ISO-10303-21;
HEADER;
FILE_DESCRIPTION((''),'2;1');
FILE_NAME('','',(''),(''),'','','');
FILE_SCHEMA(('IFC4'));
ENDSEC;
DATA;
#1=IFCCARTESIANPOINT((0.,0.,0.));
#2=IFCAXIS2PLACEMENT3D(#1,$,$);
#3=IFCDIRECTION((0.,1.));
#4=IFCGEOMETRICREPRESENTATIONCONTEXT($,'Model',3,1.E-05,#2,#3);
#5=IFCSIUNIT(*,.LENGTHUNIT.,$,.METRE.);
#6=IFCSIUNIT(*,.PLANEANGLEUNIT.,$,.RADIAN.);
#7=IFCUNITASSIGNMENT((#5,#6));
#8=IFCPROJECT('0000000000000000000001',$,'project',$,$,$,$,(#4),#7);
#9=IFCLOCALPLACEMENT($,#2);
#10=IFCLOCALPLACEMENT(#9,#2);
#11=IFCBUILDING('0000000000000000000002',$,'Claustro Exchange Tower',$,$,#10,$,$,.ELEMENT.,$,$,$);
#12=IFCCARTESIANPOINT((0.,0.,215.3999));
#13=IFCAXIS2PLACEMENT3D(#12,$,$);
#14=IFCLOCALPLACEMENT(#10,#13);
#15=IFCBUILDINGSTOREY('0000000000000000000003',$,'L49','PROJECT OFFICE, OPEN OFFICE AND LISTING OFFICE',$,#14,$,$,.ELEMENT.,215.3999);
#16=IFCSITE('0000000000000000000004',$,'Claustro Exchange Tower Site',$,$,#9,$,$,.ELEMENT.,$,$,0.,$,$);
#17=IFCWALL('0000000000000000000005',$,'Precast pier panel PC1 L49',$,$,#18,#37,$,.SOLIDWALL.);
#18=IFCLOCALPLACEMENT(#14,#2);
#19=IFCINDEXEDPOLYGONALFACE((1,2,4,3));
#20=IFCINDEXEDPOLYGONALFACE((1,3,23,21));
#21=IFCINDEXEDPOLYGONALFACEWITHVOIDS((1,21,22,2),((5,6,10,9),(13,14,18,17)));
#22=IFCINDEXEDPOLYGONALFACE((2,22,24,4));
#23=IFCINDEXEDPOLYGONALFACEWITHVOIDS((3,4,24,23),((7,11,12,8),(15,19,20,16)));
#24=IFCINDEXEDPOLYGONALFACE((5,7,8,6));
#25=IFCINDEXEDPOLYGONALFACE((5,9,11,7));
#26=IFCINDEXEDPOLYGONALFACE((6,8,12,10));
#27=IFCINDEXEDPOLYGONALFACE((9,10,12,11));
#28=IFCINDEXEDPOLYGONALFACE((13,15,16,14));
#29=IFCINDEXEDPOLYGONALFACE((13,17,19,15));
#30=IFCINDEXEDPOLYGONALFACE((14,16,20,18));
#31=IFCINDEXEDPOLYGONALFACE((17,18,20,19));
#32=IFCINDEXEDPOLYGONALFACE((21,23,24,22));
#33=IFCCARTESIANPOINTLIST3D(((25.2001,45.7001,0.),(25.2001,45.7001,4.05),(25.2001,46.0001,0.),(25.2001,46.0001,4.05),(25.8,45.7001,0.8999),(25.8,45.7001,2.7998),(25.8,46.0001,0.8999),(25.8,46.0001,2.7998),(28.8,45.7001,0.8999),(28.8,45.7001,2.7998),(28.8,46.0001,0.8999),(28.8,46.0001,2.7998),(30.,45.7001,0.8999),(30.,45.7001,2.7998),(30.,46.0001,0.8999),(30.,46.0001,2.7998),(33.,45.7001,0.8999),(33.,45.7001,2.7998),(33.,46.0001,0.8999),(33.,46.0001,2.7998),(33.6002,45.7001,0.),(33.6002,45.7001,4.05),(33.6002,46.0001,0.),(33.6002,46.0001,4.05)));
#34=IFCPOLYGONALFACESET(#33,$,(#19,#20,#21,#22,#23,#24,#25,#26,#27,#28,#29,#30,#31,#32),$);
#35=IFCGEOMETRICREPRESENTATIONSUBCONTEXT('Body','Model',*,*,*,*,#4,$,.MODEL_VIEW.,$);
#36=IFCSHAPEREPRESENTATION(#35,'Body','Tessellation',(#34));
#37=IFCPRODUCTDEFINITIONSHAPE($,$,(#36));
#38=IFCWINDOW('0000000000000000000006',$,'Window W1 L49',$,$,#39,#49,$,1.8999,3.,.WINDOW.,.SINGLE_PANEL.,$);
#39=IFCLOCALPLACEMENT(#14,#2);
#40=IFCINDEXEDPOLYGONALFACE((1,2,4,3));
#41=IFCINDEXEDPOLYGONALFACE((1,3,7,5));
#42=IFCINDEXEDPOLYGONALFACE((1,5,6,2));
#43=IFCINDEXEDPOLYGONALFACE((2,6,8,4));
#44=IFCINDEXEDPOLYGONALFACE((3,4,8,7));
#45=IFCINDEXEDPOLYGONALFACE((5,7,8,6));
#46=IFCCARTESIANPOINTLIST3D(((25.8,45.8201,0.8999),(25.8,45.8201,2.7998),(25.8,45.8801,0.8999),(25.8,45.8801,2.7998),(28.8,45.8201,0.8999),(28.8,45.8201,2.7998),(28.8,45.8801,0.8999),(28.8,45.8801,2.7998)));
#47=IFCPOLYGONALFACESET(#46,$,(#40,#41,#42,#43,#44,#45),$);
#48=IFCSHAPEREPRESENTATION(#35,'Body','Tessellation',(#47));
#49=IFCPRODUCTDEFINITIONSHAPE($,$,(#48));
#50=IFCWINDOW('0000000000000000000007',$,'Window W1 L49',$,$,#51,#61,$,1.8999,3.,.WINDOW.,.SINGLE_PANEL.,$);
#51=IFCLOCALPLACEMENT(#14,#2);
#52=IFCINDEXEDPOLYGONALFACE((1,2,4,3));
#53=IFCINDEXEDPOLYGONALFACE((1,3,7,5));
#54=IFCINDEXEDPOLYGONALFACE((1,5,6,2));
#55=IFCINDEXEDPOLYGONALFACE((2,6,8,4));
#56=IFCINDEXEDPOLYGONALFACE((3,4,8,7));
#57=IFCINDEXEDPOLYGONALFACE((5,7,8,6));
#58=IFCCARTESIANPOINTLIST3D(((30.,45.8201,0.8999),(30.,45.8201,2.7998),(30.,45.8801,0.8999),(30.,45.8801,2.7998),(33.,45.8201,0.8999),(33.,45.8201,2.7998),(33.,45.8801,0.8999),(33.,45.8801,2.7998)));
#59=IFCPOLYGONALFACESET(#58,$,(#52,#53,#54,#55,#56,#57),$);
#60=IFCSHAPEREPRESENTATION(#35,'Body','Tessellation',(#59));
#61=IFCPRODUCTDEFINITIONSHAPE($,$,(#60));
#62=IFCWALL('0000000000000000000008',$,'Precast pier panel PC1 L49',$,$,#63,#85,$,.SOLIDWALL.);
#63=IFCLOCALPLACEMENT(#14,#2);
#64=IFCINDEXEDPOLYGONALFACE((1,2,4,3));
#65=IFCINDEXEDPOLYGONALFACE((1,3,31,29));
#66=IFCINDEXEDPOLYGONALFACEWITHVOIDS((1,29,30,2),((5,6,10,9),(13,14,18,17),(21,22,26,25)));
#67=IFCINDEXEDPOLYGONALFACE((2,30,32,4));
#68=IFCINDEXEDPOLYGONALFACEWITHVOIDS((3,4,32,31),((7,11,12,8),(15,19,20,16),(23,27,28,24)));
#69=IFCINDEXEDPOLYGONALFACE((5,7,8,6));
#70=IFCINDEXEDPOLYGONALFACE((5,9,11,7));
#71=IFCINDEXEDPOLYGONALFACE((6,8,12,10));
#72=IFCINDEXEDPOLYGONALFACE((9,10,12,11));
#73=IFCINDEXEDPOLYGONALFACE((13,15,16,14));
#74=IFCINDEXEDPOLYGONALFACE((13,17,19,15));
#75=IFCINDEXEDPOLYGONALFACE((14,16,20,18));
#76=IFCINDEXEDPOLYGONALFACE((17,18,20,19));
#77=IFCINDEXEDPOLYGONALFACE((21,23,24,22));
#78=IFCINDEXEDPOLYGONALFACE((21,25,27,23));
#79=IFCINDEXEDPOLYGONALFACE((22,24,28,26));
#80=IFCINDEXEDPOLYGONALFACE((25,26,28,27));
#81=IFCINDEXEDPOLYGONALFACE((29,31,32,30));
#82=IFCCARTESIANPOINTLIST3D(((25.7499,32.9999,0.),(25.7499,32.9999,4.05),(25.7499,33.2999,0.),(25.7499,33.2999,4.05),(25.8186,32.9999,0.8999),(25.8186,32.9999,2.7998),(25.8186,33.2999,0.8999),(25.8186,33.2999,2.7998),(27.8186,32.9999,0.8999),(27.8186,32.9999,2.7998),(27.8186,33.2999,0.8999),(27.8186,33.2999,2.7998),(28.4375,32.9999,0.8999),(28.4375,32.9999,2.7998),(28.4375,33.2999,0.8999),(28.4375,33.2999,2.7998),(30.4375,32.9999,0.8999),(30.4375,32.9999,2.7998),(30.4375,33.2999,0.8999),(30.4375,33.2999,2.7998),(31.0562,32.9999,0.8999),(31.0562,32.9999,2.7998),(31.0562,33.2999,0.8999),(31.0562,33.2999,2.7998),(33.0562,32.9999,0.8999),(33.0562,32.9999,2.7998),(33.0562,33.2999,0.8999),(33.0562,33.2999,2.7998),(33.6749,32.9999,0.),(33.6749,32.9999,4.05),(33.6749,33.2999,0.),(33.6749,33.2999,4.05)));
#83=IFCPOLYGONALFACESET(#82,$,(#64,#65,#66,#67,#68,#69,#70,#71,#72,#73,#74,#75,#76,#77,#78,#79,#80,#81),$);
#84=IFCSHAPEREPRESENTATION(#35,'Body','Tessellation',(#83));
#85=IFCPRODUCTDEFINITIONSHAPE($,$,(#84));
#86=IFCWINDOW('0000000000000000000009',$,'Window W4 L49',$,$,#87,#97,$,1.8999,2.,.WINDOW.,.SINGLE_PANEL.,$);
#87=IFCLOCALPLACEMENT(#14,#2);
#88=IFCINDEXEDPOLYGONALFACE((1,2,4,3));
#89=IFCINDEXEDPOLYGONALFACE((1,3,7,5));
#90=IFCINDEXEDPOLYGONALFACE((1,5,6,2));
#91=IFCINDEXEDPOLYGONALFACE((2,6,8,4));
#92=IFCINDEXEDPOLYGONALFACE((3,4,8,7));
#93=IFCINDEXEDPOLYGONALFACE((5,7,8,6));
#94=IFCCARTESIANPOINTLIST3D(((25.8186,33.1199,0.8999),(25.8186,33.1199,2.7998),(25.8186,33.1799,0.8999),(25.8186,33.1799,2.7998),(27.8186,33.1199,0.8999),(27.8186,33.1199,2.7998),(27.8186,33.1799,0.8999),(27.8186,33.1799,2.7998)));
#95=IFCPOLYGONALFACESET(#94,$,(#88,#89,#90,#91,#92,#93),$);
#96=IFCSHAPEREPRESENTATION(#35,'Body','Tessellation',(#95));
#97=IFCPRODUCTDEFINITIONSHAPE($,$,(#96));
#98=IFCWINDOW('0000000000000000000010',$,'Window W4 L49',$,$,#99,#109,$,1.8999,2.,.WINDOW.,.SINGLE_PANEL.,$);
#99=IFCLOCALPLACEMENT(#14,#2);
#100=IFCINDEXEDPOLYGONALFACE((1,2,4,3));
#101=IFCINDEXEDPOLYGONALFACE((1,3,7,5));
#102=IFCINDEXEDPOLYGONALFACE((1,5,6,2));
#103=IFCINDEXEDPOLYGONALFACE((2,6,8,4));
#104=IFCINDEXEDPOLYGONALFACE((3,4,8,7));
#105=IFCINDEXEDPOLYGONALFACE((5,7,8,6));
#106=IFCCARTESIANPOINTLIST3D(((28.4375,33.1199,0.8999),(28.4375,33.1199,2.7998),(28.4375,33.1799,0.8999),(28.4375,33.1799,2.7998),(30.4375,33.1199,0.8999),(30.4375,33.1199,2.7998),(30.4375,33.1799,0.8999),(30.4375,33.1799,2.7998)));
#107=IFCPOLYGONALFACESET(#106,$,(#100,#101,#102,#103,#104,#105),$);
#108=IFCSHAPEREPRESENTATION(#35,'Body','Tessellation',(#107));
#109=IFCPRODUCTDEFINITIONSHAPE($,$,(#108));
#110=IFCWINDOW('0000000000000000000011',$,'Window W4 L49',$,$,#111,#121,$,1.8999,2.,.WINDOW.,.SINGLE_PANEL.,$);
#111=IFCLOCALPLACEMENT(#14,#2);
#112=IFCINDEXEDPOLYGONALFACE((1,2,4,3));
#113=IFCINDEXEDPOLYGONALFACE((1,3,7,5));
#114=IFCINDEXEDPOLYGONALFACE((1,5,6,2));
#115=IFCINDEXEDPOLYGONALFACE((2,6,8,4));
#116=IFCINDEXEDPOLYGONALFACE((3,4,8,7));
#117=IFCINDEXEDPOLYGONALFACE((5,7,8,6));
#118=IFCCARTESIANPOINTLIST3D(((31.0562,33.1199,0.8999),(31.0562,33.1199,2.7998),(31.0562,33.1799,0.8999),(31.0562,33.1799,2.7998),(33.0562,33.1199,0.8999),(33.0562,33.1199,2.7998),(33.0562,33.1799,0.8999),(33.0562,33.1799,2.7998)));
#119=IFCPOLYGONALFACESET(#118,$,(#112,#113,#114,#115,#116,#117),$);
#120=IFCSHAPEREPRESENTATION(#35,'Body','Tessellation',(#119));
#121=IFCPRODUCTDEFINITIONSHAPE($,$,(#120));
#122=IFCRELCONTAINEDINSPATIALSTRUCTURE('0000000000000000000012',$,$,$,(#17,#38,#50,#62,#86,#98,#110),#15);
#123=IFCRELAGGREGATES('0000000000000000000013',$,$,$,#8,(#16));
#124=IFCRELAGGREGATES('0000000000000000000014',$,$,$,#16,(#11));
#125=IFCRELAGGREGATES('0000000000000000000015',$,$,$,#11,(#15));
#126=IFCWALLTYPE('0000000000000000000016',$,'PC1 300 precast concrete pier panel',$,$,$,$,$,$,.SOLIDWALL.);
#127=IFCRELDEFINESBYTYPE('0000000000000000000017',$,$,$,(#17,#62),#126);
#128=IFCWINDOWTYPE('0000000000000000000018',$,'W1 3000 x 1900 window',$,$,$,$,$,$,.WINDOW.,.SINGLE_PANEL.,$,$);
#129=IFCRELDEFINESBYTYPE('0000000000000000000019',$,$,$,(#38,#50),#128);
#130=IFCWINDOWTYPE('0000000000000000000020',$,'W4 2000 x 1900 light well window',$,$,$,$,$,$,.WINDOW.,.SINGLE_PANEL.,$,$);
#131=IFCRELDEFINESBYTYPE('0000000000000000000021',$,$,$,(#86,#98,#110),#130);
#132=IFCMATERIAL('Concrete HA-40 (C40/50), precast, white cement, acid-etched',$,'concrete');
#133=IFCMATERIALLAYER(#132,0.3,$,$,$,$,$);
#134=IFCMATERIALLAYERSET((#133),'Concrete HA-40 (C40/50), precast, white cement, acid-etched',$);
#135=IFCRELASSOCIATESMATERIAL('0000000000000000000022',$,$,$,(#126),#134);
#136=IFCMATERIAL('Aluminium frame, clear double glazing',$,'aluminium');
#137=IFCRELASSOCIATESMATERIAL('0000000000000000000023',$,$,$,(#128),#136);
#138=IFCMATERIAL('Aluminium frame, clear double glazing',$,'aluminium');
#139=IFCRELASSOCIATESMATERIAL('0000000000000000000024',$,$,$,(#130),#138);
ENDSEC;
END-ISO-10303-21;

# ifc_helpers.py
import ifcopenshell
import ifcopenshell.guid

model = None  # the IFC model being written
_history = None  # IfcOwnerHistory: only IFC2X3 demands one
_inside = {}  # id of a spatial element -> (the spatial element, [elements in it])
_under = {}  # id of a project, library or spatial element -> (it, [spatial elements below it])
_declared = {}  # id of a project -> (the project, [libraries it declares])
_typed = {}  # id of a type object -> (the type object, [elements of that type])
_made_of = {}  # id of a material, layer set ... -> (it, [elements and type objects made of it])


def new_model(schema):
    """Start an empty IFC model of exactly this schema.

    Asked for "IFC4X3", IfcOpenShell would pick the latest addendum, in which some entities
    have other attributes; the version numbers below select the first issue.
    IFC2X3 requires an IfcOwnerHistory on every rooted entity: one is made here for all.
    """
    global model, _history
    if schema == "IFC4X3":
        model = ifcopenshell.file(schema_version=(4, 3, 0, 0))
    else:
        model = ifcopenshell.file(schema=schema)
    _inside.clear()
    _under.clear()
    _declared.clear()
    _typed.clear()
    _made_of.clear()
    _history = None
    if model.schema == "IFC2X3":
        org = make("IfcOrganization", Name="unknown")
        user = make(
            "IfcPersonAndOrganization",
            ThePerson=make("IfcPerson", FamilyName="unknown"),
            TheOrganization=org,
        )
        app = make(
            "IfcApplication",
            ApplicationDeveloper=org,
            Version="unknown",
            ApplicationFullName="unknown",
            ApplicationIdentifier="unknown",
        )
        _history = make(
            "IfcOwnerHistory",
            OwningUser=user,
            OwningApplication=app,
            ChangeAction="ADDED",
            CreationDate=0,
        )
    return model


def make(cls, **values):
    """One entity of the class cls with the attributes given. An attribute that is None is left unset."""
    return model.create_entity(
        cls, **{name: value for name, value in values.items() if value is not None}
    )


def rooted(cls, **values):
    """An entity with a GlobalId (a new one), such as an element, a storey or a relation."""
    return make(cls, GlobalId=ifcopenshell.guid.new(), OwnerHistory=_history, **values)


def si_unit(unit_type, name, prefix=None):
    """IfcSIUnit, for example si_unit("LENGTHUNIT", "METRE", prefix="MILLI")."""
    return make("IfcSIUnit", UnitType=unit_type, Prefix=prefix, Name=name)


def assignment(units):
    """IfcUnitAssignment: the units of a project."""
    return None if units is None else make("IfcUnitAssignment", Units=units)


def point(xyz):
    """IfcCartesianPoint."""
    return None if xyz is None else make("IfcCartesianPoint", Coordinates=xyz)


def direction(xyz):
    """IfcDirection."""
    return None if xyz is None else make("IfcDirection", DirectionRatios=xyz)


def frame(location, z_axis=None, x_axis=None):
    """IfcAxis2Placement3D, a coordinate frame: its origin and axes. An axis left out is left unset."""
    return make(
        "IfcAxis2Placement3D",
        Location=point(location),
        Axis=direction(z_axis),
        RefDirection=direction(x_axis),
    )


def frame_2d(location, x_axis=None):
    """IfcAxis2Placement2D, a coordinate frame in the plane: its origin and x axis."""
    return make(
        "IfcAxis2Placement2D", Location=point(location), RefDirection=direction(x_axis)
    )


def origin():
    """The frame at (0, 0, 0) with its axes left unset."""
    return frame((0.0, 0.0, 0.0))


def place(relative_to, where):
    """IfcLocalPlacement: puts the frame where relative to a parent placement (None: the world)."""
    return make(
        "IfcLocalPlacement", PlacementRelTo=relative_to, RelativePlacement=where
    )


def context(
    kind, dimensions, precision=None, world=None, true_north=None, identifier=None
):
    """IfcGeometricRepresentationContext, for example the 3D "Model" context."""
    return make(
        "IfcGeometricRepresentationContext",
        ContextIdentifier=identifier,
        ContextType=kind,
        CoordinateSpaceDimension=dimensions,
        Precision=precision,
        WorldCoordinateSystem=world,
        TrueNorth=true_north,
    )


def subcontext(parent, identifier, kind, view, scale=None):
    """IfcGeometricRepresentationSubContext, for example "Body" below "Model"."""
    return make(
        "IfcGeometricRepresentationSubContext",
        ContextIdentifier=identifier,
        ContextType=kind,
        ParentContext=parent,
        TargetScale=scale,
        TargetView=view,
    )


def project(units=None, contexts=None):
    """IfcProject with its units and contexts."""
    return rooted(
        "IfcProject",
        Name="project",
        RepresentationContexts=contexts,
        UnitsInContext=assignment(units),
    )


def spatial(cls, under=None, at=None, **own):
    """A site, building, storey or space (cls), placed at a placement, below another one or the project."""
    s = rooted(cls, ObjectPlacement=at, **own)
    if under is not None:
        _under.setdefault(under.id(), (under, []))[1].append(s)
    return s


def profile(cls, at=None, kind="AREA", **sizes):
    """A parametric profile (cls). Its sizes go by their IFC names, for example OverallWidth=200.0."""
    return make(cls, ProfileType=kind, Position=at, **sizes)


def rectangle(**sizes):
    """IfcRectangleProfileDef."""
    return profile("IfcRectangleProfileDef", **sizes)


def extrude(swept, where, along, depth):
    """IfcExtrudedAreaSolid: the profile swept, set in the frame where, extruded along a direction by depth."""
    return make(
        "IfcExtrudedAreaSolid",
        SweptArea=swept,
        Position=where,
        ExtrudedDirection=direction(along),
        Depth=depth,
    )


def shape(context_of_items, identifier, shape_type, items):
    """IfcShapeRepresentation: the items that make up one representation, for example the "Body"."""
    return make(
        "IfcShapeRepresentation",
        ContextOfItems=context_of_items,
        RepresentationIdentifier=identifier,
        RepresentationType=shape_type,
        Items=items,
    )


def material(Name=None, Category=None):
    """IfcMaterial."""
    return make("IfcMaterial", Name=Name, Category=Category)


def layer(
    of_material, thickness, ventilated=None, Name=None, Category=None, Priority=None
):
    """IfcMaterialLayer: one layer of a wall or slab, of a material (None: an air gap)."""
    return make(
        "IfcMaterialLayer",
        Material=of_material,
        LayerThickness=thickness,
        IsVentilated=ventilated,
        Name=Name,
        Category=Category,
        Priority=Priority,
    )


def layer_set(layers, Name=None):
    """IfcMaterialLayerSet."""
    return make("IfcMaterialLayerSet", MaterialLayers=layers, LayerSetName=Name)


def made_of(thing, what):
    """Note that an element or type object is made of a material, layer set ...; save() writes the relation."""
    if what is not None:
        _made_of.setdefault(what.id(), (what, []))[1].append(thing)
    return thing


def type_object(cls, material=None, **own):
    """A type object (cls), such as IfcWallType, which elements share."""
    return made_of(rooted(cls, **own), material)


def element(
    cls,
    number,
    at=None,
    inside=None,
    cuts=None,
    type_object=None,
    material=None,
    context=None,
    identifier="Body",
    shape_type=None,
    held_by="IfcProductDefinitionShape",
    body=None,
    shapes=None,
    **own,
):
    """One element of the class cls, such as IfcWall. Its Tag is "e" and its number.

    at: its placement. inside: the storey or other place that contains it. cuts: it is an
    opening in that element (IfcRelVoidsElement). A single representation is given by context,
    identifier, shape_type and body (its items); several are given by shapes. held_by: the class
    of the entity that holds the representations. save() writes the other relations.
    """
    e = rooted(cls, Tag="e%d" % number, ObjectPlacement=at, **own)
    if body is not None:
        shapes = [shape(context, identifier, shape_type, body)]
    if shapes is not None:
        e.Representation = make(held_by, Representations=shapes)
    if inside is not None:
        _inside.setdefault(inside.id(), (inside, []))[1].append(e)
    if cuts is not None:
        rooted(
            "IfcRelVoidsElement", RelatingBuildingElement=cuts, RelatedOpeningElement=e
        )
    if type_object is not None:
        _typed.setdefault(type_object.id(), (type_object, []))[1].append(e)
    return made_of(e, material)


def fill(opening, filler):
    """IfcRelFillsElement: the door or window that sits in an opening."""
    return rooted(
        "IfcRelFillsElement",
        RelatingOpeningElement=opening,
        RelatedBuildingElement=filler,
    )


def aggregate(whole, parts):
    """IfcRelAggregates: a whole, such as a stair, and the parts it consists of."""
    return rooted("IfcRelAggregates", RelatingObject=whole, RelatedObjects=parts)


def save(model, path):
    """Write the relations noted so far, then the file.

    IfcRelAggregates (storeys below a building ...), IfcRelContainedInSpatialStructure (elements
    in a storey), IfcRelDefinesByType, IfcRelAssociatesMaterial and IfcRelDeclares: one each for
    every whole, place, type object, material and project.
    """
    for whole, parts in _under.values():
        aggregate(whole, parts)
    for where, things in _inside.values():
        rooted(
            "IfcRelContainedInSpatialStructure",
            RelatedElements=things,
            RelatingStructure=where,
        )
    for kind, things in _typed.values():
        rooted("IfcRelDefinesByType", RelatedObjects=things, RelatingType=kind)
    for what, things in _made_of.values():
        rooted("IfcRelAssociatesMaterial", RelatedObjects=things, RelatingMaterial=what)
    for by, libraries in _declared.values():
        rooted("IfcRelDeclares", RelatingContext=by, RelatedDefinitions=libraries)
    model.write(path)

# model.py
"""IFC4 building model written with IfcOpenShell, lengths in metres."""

from ifc_helpers import new_model, si_unit, direction, frame, frame_2d, origin, place, context, subcontext, project, spatial, rectangle, extrude, material, layer, layer_set, type_object, element, fill, save


model = new_model("IFC4")

# Units and contexts
model_context = context("Model", 3, precision=1e-05, world=origin(), true_north=direction((0.0, 1.0)))
body_context = subcontext(model_context, "Body", "Model", "MODEL_VIEW")
ifc_project = project(units=[si_unit("LENGTHUNIT", "METRE"), si_unit("PLANEANGLEUNIT", "RADIAN")], contexts=[model_context])

# Site, building, storey
site_placement = place(None, origin())
site = spatial("IfcSite", under=ifc_project, at=site_placement, Name="Claustro Exchange Tower Site", CompositionType="ELEMENT", RefElevation=0.0)
building_placement = place(site_placement, origin())
building = spatial("IfcBuilding", under=site, at=building_placement, Name="Claustro Exchange Tower", CompositionType="ELEMENT")
storey_placement = place(building_placement, frame((0.0, 0.0, 215.3999)))
storey = spatial("IfcBuildingStorey", under=building, at=storey_placement, Name="L49", Description="PROJECT OFFICE, OPEN OFFICE AND LISTING OFFICE", CompositionType="ELEMENT", Elevation=215.3999)

# Walls, openings, windows
ifc_material_1 = material(Name="Concrete HA-40 (C40/50), precast, white cement, acid-etched", Category="concrete")
ifc_layer_1 = layer(ifc_material_1, 0.3)
ifc_layer_set_1 = layer_set([ifc_layer_1], Name="Concrete HA-40 (C40/50), precast, white cement, acid-etched")
wall_type_1 = type_object("IfcWallType", Name="PC1 300 precast concrete pier panel", PredefinedType="SOLIDWALL", material=ifc_layer_set_1)
wall_1_placement = place(storey_placement, frame((25.2, 45.8501, 0.0), z_axis=(0.0, 0.0, 1.0), x_axis=(1.0, 0.0, 0.0)))
wall_1 = element("IfcWall", 1, at=wall_1_placement, inside=storey, type_object=wall_type_1, Name="Precast pier panel PC1 L49", PredefinedType="SOLIDWALL", context=body_context, shape_type="SweptSolid", body=[
    extrude(rectangle(XDim=8.4001, YDim=0.3, at=frame_2d((4.2002, 0.0))), origin(), (0.0, 0.0, 1.0), 4.05),
])
opening_1_placement = place(wall_1_placement, frame((0.6001, 0.0, 0.8999)))
opening_1 = element("IfcOpeningElement", 2, at=opening_1_placement, cuts=wall_1, PredefinedType="OPENING", context=body_context, shape_type="SweptSolid", body=[
    extrude(rectangle(XDim=3.0, YDim=1.8999, at=frame_2d((1.5, 0.95))), frame((0.0, 0.1599, 0.0), z_axis=(0.0, -1.0, 0.0), x_axis=(1.0, 0.0, 0.0)), (0.0, 0.0, 1.0), 0.3201),
])
opening_2_placement = place(wall_1_placement, frame((4.8, 0.0, 0.8999)))
opening_2 = element("IfcOpeningElement", 3, at=opening_2_placement, cuts=wall_1, PredefinedType="OPENING", context=body_context, shape_type="SweptSolid", body=[
    extrude(rectangle(XDim=3.0, YDim=1.8999, at=frame_2d((1.5, 0.95))), frame((0.0, 0.1599, 0.0), z_axis=(0.0, -1.0, 0.0), x_axis=(1.0, 0.0, 0.0)), (0.0, 0.0, 1.0), 0.3201),
])
ifc_material_2 = material(Name="Aluminium frame, clear double glazing", Category="aluminium")
window_type_1 = type_object("IfcWindowType", Name="W1 3000 x 1900 window", PartitioningType="SINGLE_PANEL", PredefinedType="WINDOW", material=ifc_material_2)
window_1_placement = place(opening_1_placement, origin())
window_1 = element("IfcWindow", 4, at=window_1_placement, inside=storey, type_object=window_type_1, Name="Window W1 L49", OverallHeight=1.8999, OverallWidth=3.0, PartitioningType="SINGLE_PANEL", PredefinedType="WINDOW", context=body_context, shape_type="SweptSolid", body=[
    extrude(rectangle(XDim=3.0, YDim=1.8999, at=frame_2d((1.5, 0.95))), frame((0.0, 0.03, 0.0), z_axis=(0.0, -1.0, 0.0), x_axis=(1.0, 0.0, 0.0)), (0.0, 0.0, 1.0), 0.0601),
])
fill(opening_1, window_1)
window_2_placement = place(opening_2_placement, origin())
window_2 = element("IfcWindow", 5, at=window_2_placement, inside=storey, type_object=window_type_1, Name="Window W1 L49", OverallHeight=1.8999, OverallWidth=3.0, PartitioningType="SINGLE_PANEL", PredefinedType="WINDOW", context=body_context, shape_type="SweptSolid", body=[
    extrude(rectangle(XDim=3.0, YDim=1.8999, at=frame_2d((1.5, 0.95))), frame((0.0, 0.03, 0.0), z_axis=(0.0, -1.0, 0.0), x_axis=(1.0, 0.0, 0.0)), (0.0, 0.0, 1.0), 0.0601),
])
fill(opening_2, window_2)
wall_2_placement = place(storey_placement, frame((25.75, 33.1499, 0.0), z_axis=(0.0, 0.0, 1.0), x_axis=(1.0, 0.0, 0.0)))
wall_2 = element("IfcWall", 6, at=wall_2_placement, inside=storey, type_object=wall_type_1, Name="Precast pier panel PC1 L49", PredefinedType="SOLIDWALL", context=body_context, shape_type="SweptSolid", body=[
    extrude(rectangle(XDim=7.925, YDim=0.3, at=frame_2d((3.9624, 0.0))), origin(), (0.0, 0.0, 1.0), 4.05),
])
opening_3_placement = place(wall_2_placement, frame((0.0686, 0.0, 0.8999)))
opening_3 = element("IfcOpeningElement", 7, at=opening_3_placement, cuts=wall_2, PredefinedType="OPENING", context=body_context, shape_type="SweptSolid", body=[
    extrude(rectangle(XDim=2.0, YDim=1.8999, at=frame_2d((1.0, 0.95))), frame((0.0, 0.1599, 0.0), z_axis=(0.0, -1.0, 0.0), x_axis=(1.0, 0.0, 0.0)), (0.0, 0.0, 1.0), 0.3201),
])
opening_4_placement = place(wall_2_placement, frame((2.6875, 0.0, 0.8999)))
opening_4 = element("IfcOpeningElement", 8, at=opening_4_placement, cuts=wall_2, PredefinedType="OPENING", context=body_context, shape_type="SweptSolid", body=[
    extrude(rectangle(XDim=2.0, YDim=1.8999, at=frame_2d((1.0, 0.95))), frame((0.0, 0.1599, 0.0), z_axis=(0.0, -1.0, 0.0), x_axis=(1.0, 0.0, 0.0)), (0.0, 0.0, 1.0), 0.3201),
])
opening_5_placement = place(wall_2_placement, frame((5.3062, 0.0, 0.8999)))
opening_5 = element("IfcOpeningElement", 9, at=opening_5_placement, cuts=wall_2, PredefinedType="OPENING", context=body_context, shape_type="SweptSolid", body=[
    extrude(rectangle(XDim=2.0, YDim=1.8999, at=frame_2d((1.0, 0.95))), frame((0.0, 0.1599, 0.0), z_axis=(0.0, -1.0, 0.0), x_axis=(1.0, 0.0, 0.0)), (0.0, 0.0, 1.0), 0.3201),
])
ifc_material_3 = material(Name="Aluminium frame, clear double glazing", Category="aluminium")
window_type_2 = type_object("IfcWindowType", Name="W4 2000 x 1900 light well window", PartitioningType="SINGLE_PANEL", PredefinedType="WINDOW", material=ifc_material_3)
window_3_placement = place(opening_3_placement, origin())
window_3 = element("IfcWindow", 10, at=window_3_placement, inside=storey, type_object=window_type_2, Name="Window W4 L49", OverallHeight=1.8999, OverallWidth=2.0, PartitioningType="SINGLE_PANEL", PredefinedType="WINDOW", context=body_context, shape_type="SweptSolid", body=[
    extrude(rectangle(XDim=2.0, YDim=1.8999, at=frame_2d((1.0, 0.95))), frame((0.0, 0.03, 0.0), z_axis=(0.0, -1.0, 0.0), x_axis=(1.0, 0.0, 0.0)), (0.0, 0.0, 1.0), 0.0601),
])
fill(opening_3, window_3)
window_4_placement = place(opening_4_placement, origin())
window_4 = element("IfcWindow", 11, at=window_4_placement, inside=storey, type_object=window_type_2, Name="Window W4 L49", OverallHeight=1.8999, OverallWidth=2.0, PartitioningType="SINGLE_PANEL", PredefinedType="WINDOW", context=body_context, shape_type="SweptSolid", body=[
    extrude(rectangle(XDim=2.0, YDim=1.8999, at=frame_2d((1.0, 0.95))), frame((0.0, 0.03, 0.0), z_axis=(0.0, -1.0, 0.0), x_axis=(1.0, 0.0, 0.0)), (0.0, 0.0, 1.0), 0.0601),
])
fill(opening_4, window_4)
window_5_placement = place(opening_5_placement, origin())
window_5 = element("IfcWindow", 12, at=window_5_placement, inside=storey, type_object=window_type_2, Name="Window W4 L49", OverallHeight=1.8999, OverallWidth=2.0, PartitioningType="SINGLE_PANEL", PredefinedType="WINDOW", context=body_context, shape_type="SweptSolid", body=[
    extrude(rectangle(XDim=2.0, YDim=1.8999, at=frame_2d((1.0, 0.95))), frame((0.0, 0.03, 0.0), z_axis=(0.0, -1.0, 0.0), x_axis=(1.0, 0.0, 0.0)), (0.0, 0.0, 1.0), 0.0601),
])
fill(opening_5, window_5)

save(model, "model.ifc")
